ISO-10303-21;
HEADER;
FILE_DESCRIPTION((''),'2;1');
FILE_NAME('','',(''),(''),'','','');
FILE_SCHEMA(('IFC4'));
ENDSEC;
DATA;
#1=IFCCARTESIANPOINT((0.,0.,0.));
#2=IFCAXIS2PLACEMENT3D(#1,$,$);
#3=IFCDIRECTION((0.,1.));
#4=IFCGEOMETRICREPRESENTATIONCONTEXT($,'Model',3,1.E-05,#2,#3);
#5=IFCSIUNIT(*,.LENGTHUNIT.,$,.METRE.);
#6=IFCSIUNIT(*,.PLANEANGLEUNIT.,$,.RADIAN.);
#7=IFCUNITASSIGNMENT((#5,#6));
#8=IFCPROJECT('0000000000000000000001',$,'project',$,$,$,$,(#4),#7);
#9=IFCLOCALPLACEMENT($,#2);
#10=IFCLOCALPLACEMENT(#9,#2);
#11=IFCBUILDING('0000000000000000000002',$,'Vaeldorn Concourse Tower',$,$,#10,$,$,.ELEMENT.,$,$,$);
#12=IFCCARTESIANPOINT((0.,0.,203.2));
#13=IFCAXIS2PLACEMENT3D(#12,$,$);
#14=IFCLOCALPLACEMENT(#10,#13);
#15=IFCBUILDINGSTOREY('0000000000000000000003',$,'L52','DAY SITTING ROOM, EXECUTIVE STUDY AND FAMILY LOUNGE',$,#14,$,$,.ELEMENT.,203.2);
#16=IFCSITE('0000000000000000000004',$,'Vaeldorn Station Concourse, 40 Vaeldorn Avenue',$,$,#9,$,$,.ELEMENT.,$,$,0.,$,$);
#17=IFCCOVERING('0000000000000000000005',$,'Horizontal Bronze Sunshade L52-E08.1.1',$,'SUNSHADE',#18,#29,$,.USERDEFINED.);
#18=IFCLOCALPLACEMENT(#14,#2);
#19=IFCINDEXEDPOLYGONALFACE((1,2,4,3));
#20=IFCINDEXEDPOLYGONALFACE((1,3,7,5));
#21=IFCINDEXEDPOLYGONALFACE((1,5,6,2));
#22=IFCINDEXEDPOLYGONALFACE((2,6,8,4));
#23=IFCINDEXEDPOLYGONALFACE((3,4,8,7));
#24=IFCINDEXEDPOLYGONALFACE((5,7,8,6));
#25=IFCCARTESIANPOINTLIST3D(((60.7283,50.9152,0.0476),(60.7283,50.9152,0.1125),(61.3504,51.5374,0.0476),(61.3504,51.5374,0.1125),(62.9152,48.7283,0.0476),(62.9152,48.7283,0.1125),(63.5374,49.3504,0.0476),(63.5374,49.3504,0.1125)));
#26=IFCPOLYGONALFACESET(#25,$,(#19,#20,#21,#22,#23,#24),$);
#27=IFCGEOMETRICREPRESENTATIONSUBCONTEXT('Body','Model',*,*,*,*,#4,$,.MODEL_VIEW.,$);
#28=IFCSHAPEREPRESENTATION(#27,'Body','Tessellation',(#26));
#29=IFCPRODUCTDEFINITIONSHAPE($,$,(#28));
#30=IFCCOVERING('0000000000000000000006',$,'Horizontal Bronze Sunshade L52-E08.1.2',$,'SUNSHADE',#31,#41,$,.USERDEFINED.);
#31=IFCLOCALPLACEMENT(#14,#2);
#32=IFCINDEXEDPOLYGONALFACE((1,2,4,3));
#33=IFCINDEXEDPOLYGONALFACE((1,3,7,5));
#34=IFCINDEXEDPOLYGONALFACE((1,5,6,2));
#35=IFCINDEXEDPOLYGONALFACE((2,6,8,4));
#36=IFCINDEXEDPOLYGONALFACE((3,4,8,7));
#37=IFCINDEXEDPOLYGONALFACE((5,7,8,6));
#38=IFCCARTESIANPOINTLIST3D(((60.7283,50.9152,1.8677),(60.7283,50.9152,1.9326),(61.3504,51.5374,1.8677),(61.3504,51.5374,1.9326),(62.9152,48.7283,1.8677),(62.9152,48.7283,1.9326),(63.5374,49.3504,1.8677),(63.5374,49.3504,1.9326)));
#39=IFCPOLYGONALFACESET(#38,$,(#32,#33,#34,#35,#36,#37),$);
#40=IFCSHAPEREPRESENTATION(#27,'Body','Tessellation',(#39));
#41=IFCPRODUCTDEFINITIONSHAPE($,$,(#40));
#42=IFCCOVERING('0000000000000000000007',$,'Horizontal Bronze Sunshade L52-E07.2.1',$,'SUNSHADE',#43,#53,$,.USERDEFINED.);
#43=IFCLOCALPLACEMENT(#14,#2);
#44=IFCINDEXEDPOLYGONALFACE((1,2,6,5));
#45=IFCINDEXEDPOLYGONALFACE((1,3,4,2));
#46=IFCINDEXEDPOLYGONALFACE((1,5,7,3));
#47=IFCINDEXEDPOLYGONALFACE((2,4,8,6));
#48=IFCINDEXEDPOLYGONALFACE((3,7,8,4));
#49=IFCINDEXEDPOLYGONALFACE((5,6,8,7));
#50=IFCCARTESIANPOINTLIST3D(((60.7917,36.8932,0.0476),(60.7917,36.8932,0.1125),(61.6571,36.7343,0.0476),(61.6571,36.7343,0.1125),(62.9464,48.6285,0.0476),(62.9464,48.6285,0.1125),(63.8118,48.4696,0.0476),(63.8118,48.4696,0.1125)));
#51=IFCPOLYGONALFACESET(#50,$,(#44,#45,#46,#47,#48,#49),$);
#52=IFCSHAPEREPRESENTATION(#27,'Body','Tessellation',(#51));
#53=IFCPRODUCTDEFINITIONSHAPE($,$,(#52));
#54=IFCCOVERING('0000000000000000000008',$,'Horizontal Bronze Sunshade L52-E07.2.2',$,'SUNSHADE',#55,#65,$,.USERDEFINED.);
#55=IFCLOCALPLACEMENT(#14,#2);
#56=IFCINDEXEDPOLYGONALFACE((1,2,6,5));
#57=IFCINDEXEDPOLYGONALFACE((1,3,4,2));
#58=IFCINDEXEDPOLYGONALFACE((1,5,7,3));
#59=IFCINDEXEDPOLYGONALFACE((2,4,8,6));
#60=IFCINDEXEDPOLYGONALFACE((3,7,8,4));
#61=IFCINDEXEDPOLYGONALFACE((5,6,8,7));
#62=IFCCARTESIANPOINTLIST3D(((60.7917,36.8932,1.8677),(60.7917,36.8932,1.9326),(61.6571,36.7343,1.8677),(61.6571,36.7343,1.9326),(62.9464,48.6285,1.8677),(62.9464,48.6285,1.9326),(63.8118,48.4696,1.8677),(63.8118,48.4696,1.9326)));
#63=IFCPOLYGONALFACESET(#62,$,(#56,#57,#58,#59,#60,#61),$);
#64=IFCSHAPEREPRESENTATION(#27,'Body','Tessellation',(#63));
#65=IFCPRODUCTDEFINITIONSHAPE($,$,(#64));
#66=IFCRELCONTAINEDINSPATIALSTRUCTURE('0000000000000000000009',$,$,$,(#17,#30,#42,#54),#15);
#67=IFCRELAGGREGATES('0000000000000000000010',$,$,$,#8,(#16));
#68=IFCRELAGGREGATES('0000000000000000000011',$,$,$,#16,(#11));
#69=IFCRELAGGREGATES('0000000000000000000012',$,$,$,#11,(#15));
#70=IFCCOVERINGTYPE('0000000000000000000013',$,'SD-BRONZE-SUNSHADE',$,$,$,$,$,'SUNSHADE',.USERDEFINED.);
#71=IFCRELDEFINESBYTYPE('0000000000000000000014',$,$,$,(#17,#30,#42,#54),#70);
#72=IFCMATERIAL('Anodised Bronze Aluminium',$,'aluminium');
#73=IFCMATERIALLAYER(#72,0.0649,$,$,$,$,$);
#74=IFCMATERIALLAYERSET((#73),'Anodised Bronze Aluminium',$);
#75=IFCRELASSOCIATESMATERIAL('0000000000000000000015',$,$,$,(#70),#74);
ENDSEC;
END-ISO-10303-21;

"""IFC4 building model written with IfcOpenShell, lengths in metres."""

from ifc_helpers import new_model, si_unit, direction, frame, origin, origin_2d, place, context, subcontext, project, spatial, rectangle, extrude, source, transform, mapped, material, layer, layer_set, type_object, element, save


model = new_model("IFC4")

# Units and contexts
model_context = context("Model", 3, precision=1e-05, world=origin(), true_north=direction((0.0, 1.0)))
body_context = subcontext(model_context, "Body", "Model", "MODEL_VIEW")
ifc_project = project(units=[si_unit("LENGTHUNIT", "METRE"), si_unit("PLANEANGLEUNIT", "RADIAN")], contexts=[model_context])

# Site, building, storey
site_placement = place(None, origin())
site = spatial("IfcSite", under=ifc_project, at=site_placement, Name="Vaeldorn Station Concourse, 40 Vaeldorn Avenue", CompositionType="ELEMENT", RefElevation=0.0)
building_placement = place(site_placement, origin())
building = spatial("IfcBuilding", under=site, at=building_placement, Name="Vaeldorn Concourse Tower", CompositionType="ELEMENT")
storey_placement = place(building_placement, frame((0.0, 0.0, 203.2)))
storey = spatial("IfcBuildingStorey", under=building, at=storey_placement, Name="L52", Description="DAY SITTING ROOM, EXECUTIVE STUDY AND FAMILY LOUNGE", CompositionType="ELEMENT", Elevation=203.2)

# Shared definitions
ifc_material_1 = material(Name="Anodised Bronze Aluminium", Category="aluminium")

# Coverings
ifc_layer_1 = layer(ifc_material_1, 0.0649)
ifc_layer_set_1 = layer_set([ifc_layer_1], Name="Anodised Bronze Aluminium")
covering_type = type_object("IfcCoveringType", Name="SD-BRONZE-SUNSHADE", ElementType="SUNSHADE", PredefinedType="USERDEFINED", material=ifc_layer_set_1)
shared_shape_1 = source(origin(), body_context, "Body", "SweptSolid", [
    extrude(rectangle(XDim=3.0928, YDim=0.8799, at=origin_2d()), origin(), (0.0, 0.0, 1.0), 0.0649),
])
for number, where, z_axis, x_axis, name in (
    (1, (62.1328, 50.1328, 0.0476), (0.0, 0.0, 1.0), (-0.707107, 0.707107, 0.0), "Horizontal Bronze Sunshade L52-E08.1.1"),
    (2, (62.1328, 50.1328, 1.8677), (0.0, 0.0, 1.0), (-0.707107, 0.707107, 0.0), "Horizontal Bronze Sunshade L52-E08.1.2"),
):
    element("IfcCovering", number, at=place(storey_placement, frame(where, z_axis=z_axis, x_axis=x_axis)), inside=storey, type_object=covering_type, Name=name, ObjectType="SUNSHADE", PredefinedType="USERDEFINED", context=body_context, shape_type="MappedRepresentation", body=[
        mapped(shared_shape_1, transform((0.0, 0.0, 0.0), scale=1.0)),
    ])
shared_shape_2 = source(origin(), body_context, "Body", "SweptSolid", [
    extrude(rectangle(XDim=11.9314, YDim=0.8799, at=origin_2d()), origin(), (0.0, 0.0, 1.0), 0.0649),
])
for number, where, z_axis, x_axis, name in (
    (3, (62.3018, 42.6814, 0.0476), (0.0, 0.0, 1.0), (0.180588, 0.983559, 0.0), "Horizontal Bronze Sunshade L52-E07.2.1"),
    (4, (62.3018, 42.6814, 1.8677), (0.0, 0.0, 1.0), (0.180588, 0.983559, 0.0), "Horizontal Bronze Sunshade L52-E07.2.2"),
):
    element("IfcCovering", number, at=place(storey_placement, frame(where, z_axis=z_axis, x_axis=x_axis)), inside=storey, type_object=covering_type, Name=name, ObjectType="SUNSHADE", PredefinedType="USERDEFINED", context=body_context, shape_type="MappedRepresentation", body=[
        mapped(shared_shape_2, transform((0.0, 0.0, 0.0), scale=1.0)),
    ])

save(model, "model.ifc")
